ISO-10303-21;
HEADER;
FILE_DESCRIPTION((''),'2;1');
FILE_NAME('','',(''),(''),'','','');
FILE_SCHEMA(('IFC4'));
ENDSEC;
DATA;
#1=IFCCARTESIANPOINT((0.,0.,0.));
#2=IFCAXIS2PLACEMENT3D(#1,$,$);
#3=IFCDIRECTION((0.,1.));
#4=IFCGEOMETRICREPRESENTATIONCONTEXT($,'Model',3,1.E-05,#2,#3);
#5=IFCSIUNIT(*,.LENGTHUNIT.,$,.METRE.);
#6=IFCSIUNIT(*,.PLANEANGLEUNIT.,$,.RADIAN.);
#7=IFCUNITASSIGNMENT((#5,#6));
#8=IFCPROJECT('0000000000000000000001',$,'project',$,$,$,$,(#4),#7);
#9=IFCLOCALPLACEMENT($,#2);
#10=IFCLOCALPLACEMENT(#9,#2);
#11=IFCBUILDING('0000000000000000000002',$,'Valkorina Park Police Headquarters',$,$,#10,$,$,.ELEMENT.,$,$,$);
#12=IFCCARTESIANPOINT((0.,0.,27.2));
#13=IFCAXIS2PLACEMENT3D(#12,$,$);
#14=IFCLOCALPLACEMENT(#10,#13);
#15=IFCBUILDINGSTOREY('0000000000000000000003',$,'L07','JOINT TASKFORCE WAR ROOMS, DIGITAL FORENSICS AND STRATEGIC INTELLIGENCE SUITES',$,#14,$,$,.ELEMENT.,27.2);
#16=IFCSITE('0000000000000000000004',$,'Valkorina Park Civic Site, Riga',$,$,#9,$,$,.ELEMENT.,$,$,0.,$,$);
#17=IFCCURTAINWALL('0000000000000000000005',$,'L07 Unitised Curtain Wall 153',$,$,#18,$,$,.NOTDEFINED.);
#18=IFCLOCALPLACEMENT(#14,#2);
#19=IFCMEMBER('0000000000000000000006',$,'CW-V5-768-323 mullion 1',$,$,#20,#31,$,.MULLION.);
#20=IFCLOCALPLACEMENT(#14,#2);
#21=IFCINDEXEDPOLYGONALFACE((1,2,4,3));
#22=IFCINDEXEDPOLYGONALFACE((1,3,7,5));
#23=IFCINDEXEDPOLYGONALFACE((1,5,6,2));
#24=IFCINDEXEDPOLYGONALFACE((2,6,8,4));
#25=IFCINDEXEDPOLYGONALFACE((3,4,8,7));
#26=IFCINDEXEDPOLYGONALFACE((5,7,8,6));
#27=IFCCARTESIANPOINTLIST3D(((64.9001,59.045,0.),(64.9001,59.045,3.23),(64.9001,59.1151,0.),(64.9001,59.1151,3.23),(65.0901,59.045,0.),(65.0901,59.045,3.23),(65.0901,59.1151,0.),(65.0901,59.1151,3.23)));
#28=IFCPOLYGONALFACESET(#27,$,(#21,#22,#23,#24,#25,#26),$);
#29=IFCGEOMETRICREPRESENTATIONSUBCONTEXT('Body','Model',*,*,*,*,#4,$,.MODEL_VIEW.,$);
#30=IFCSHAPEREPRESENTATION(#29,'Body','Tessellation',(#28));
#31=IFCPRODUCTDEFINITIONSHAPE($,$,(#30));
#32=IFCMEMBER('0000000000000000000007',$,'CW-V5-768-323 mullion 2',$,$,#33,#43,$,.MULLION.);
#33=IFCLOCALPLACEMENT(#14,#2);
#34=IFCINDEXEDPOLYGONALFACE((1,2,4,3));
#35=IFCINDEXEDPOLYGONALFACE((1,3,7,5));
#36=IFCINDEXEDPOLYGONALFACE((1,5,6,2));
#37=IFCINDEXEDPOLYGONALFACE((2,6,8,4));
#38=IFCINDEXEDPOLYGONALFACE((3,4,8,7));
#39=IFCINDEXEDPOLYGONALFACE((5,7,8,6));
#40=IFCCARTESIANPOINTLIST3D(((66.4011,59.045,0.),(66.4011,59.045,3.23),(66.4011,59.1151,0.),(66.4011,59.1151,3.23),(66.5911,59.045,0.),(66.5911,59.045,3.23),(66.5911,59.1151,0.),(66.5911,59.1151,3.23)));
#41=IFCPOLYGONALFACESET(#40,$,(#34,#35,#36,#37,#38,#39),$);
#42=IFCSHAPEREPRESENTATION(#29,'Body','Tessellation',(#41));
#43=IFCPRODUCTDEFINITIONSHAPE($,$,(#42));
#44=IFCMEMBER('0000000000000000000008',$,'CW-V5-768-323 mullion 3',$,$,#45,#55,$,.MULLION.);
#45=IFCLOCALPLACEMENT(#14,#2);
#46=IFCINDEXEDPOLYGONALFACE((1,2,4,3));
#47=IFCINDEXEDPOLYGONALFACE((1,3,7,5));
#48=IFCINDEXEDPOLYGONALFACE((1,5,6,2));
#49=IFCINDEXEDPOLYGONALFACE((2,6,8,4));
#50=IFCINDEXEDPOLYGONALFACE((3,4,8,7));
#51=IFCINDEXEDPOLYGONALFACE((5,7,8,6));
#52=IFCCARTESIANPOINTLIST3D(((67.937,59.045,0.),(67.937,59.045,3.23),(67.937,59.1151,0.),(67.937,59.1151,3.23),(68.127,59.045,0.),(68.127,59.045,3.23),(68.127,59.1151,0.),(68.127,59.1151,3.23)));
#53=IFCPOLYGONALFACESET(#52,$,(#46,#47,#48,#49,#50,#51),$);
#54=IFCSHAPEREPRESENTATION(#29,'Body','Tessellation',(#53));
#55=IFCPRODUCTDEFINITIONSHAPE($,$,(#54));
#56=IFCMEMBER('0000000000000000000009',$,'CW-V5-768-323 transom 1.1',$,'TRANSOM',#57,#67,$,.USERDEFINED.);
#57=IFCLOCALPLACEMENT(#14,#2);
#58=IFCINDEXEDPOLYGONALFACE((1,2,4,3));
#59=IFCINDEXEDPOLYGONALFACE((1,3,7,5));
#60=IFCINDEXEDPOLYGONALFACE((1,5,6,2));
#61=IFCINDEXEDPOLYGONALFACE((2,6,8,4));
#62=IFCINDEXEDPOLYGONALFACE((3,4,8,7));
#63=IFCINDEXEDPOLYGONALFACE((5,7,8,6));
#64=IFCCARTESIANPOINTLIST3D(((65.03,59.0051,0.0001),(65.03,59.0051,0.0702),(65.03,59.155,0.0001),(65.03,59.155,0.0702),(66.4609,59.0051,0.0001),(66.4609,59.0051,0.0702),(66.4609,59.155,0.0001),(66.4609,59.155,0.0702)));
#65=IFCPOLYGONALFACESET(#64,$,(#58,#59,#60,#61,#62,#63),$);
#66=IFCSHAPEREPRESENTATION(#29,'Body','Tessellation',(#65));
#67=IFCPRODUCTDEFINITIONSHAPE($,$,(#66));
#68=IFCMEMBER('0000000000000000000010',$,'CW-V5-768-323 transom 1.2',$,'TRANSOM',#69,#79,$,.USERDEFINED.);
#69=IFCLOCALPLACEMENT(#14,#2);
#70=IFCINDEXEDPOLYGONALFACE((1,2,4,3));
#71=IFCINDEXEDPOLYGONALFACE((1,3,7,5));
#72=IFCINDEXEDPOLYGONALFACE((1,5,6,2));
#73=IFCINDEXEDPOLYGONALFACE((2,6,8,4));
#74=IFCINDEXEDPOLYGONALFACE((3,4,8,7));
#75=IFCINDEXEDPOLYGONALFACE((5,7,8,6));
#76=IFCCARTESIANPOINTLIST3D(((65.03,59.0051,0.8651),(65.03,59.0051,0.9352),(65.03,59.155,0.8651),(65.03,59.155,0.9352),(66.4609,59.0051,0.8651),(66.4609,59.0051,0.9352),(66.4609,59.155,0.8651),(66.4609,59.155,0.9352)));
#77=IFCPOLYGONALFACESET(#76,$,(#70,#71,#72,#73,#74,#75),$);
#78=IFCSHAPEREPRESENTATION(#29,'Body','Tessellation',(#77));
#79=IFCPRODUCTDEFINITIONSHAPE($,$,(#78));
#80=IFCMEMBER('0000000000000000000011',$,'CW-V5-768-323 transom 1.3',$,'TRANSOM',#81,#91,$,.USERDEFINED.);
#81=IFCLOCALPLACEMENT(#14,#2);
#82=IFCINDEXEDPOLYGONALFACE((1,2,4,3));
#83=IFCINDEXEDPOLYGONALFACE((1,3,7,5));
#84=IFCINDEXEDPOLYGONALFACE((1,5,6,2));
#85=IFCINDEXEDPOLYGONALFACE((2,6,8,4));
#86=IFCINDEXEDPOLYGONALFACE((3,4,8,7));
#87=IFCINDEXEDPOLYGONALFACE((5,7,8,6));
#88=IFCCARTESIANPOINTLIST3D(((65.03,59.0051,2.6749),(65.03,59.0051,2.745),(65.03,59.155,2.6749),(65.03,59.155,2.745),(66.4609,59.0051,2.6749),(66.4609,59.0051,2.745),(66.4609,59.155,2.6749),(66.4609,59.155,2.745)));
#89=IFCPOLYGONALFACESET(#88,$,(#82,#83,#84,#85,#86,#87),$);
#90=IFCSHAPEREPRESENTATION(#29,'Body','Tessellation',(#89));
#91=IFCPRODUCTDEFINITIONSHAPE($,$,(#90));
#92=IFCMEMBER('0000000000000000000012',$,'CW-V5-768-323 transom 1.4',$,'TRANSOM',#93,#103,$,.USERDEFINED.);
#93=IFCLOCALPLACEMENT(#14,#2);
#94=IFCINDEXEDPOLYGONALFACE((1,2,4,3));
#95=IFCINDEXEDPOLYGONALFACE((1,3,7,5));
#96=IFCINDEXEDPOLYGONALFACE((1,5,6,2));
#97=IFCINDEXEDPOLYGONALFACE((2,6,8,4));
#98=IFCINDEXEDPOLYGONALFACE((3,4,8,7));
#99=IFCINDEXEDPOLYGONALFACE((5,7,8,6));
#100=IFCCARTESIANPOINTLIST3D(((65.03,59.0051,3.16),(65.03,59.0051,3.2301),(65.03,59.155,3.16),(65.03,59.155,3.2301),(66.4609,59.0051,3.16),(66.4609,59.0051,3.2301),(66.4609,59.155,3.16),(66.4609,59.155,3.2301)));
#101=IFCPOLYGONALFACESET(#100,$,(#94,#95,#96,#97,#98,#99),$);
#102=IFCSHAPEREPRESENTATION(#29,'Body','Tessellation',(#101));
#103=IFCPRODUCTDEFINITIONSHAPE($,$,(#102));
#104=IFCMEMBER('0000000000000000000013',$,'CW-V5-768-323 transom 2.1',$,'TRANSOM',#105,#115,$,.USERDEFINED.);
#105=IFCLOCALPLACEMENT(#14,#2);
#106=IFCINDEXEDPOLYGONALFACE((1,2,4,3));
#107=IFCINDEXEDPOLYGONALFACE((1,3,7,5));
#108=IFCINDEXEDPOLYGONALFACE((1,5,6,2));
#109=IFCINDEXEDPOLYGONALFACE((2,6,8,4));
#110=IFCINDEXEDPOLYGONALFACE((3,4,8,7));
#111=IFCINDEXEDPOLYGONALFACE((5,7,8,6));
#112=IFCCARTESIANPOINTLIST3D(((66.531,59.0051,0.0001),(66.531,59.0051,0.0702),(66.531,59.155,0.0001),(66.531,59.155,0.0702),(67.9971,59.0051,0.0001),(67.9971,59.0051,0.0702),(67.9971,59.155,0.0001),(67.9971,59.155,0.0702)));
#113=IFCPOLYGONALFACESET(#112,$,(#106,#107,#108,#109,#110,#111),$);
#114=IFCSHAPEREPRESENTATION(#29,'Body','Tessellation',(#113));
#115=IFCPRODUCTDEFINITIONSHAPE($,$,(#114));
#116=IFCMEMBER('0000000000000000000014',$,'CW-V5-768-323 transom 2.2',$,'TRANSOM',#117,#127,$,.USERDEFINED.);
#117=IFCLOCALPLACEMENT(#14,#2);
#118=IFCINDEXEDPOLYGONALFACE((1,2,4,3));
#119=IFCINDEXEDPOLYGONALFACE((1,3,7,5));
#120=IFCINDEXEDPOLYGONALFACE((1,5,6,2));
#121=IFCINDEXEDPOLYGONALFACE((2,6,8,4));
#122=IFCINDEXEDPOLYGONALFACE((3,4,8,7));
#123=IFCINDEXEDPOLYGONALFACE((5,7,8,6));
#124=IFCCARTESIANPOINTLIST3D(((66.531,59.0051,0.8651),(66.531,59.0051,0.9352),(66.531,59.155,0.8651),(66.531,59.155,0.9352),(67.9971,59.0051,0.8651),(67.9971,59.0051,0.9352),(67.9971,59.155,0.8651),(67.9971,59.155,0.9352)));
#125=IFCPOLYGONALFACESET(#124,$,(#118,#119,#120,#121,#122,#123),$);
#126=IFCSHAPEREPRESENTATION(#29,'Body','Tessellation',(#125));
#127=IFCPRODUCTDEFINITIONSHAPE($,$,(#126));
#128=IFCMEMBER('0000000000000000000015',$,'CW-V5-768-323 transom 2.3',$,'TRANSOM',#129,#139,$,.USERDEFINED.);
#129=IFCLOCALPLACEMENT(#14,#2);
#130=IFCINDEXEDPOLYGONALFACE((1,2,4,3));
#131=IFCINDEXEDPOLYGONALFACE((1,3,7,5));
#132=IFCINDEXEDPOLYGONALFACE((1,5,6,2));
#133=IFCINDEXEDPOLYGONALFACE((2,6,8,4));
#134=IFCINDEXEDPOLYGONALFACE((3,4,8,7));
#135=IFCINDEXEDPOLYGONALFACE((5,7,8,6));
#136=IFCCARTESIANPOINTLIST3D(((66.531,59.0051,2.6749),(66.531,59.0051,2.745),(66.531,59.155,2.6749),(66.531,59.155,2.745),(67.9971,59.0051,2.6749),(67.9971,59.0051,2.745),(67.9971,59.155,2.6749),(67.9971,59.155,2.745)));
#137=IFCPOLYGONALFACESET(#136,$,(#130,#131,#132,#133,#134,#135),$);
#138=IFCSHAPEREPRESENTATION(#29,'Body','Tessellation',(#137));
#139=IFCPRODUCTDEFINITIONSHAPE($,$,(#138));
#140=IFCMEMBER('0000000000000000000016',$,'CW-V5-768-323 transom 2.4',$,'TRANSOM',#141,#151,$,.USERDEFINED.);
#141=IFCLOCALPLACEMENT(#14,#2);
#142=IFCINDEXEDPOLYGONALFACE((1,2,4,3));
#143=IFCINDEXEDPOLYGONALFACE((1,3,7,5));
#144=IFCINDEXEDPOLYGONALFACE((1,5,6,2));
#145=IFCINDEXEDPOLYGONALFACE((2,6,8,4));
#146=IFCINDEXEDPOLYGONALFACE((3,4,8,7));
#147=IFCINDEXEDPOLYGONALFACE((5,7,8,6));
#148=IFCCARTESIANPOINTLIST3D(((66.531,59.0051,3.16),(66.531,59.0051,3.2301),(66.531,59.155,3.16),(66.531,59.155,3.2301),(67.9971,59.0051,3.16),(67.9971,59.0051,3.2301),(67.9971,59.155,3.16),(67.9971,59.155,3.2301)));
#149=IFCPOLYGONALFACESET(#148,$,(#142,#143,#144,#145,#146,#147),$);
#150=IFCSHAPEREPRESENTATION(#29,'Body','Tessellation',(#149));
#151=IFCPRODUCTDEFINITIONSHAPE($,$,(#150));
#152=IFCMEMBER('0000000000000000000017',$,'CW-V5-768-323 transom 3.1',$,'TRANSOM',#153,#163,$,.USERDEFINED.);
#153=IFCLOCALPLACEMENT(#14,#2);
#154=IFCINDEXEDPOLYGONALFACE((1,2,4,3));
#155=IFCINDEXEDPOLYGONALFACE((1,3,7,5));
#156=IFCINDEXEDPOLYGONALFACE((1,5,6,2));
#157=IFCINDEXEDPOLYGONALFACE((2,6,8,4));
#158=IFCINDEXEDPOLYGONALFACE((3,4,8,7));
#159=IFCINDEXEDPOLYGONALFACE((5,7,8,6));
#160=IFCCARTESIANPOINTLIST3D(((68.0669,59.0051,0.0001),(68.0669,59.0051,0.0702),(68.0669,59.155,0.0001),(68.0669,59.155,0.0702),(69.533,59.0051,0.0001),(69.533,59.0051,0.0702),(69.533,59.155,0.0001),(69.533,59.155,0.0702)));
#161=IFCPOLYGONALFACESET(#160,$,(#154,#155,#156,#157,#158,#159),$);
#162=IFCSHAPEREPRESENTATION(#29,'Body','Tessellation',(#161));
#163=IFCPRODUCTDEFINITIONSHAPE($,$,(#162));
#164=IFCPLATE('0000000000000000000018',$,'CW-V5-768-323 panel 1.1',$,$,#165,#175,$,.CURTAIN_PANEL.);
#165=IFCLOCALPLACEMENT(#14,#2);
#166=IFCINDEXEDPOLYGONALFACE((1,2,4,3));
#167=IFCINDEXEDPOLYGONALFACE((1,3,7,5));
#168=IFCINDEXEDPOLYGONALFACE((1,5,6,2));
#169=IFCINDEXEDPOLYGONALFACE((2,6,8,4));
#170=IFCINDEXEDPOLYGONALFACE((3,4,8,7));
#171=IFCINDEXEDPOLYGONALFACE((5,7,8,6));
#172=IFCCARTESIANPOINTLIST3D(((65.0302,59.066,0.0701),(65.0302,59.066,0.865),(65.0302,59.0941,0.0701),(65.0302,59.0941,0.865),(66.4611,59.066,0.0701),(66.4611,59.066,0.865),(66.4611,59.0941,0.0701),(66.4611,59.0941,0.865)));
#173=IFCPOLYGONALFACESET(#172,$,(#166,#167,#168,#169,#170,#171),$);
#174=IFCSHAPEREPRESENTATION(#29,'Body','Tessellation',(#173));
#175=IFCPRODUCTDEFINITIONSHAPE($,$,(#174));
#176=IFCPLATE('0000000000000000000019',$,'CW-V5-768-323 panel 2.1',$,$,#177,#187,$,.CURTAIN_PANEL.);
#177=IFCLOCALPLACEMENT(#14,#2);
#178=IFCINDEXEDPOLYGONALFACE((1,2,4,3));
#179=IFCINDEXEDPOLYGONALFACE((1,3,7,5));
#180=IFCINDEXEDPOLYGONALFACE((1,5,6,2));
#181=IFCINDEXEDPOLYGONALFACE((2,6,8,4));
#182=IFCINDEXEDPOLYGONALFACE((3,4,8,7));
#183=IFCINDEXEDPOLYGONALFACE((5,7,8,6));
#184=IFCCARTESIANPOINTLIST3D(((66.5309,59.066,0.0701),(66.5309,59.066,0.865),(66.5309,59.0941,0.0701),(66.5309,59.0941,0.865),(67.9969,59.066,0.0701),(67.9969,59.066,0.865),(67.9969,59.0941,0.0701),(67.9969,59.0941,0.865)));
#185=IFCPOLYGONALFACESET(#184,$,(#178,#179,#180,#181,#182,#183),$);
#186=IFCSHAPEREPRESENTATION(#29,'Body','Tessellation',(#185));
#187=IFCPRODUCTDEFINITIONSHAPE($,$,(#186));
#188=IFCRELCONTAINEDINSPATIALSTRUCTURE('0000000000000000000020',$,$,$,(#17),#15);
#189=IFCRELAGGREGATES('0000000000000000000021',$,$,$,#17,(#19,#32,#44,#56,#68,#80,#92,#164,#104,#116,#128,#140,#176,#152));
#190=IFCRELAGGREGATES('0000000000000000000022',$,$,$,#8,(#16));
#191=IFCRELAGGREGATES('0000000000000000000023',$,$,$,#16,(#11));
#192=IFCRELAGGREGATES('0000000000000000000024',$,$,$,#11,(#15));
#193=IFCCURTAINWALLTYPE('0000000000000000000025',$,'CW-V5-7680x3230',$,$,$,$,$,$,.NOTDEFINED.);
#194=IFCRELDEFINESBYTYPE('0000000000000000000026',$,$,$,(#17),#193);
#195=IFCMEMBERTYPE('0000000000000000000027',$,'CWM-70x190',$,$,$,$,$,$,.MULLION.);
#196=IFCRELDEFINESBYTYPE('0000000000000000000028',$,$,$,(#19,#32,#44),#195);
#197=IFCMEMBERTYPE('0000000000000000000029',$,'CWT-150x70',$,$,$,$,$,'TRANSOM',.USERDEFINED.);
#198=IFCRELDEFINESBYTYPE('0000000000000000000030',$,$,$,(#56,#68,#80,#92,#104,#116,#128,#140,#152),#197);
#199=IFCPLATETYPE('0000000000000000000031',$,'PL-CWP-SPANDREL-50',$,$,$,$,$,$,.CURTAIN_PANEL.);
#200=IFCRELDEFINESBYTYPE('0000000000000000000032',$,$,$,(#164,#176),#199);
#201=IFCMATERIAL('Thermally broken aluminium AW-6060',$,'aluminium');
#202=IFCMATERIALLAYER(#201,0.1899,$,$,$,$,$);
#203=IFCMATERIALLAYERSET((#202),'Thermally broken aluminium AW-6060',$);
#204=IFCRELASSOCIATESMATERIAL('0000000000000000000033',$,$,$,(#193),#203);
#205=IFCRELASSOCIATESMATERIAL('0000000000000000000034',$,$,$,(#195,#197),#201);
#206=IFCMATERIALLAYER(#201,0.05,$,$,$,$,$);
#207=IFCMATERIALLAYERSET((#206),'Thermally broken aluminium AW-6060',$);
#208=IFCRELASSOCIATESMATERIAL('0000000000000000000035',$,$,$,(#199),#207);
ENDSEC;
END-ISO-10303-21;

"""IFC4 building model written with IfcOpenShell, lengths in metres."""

from ifc_helpers import new_model, si_unit, direction, frame, origin, origin_2d, place, context, subcontext, project, spatial, rectangle, extrude, material, layer, layer_set, material_profile, profile_set, type_object, element, aggregate, save


model = new_model("IFC4")

# Units and contexts
model_context = context("Model", 3, precision=1e-05, world=origin(), true_north=direction((0.0, 1.0)))
body_context = subcontext(model_context, "Body", "Model", "MODEL_VIEW")
ifc_project = project(units=[si_unit("LENGTHUNIT", "METRE"), si_unit("PLANEANGLEUNIT", "RADIAN")], contexts=[model_context])

# Site, building, storey
site_placement = place(None, origin())
site = spatial("IfcSite", under=ifc_project, at=site_placement, Name="Valkorina Park Civic Site, Riga", CompositionType="ELEMENT", RefElevation=0.0)
building_placement = place(site_placement, origin())
building = spatial("IfcBuilding", under=site, at=building_placement, Name="Valkorina Park Police Headquarters", CompositionType="ELEMENT")
storey_placement = place(building_placement, frame((0.0, 0.0, 27.2)))
storey = spatial("IfcBuildingStorey", under=building, at=storey_placement, Name="L07", Description="JOINT TASKFORCE WAR ROOMS, DIGITAL FORENSICS AND STRATEGIC INTELLIGENCE SUITES", CompositionType="ELEMENT", Elevation=27.2)

# Curtain wall, members, plates
ifc_material_1 = material(Name="Thermally broken aluminium AW-6060", Category="aluminium")
ifc_layer_1 = layer(ifc_material_1, 0.1899)
ifc_layer_set_1 = layer_set([ifc_layer_1], Name="Thermally broken aluminium AW-6060")
curtain_wall_type = type_object("IfcCurtainWallType", Name="CW-V5-7680x3230", PredefinedType="NOTDEFINED", material=ifc_layer_set_1)
curtain_wall_placement = place(storey_placement, origin())
curtain_wall = element("IfcCurtainWall", 1, at=curtain_wall_placement, inside=storey, type_object=curtain_wall_type, Name="L07 Unitised Curtain Wall 153", PredefinedType="NOTDEFINED")
ifc_material_profile_1 = material_profile(ifc_material_1, rectangle(XDim=0.0701, YDim=0.1899, at=origin_2d()), Name="CWM-02 70x190")
ifc_profile_set_1 = profile_set([ifc_material_profile_1], Name="Thermally broken aluminium AW-6060")
member_type_1 = type_object("IfcMemberType", Name="CWM-70x190", PredefinedType="MULLION", material=ifc_profile_set_1)
member_1_placement = place(storey_placement, frame((64.9951, 59.0801, 0.0), z_axis=(0.0, 0.0, 1.0), x_axis=(0.0, 1.0, 0.0)))
member_1 = element("IfcMember", 2, at=member_1_placement, type_object=member_type_1, Name="CW-V5-768-323 mullion 1", PredefinedType="MULLION", context=body_context, shape_type="SweptSolid", body=[
    extrude(rectangle(XDim=0.0701, YDim=0.1899, at=origin_2d()), origin(), (0.0, 0.0, 1.0), 3.23),
])
member_2_placement = place(storey_placement, frame((66.4961, 59.0801, 0.0), z_axis=(0.0, 0.0, 1.0), x_axis=(0.0, 1.0, 0.0)))
member_2 = element("IfcMember", 3, at=member_2_placement, type_object=member_type_1, Name="CW-V5-768-323 mullion 2", PredefinedType="MULLION", context=body_context, shape_type="SweptSolid", body=[
    extrude(rectangle(XDim=0.0701, YDim=0.1899, at=origin_2d()), origin(), (0.0, 0.0, 1.0), 3.23),
])
member_3_placement = place(storey_placement, frame((68.032, 59.0801, 0.0), z_axis=(0.0, 0.0, 1.0), x_axis=(0.0, 1.0, 0.0)))
member_3 = element("IfcMember", 4, at=member_3_placement, type_object=member_type_1, Name="CW-V5-768-323 mullion 3", PredefinedType="MULLION", context=body_context, shape_type="SweptSolid", body=[
    extrude(rectangle(XDim=0.0701, YDim=0.1899, at=origin_2d()), origin(), (0.0, 0.0, 1.0), 3.23),
])
ifc_material_profile_2 = material_profile(ifc_material_1, rectangle(XDim=0.1499, YDim=0.0701, at=origin_2d()), Name="CWT-02 150x70")
ifc_profile_set_2 = profile_set([ifc_material_profile_2], Name="Thermally broken aluminium AW-6060")
member_type_2 = type_object("IfcMemberType", Name="CWT-150x70", ElementType="TRANSOM", PredefinedType="USERDEFINED", material=ifc_profile_set_2)
member_4_placement = place(storey_placement, frame((65.03, 59.0801, 0.0352), z_axis=(1.0, 0.0, 0.0), x_axis=(0.0, 1.0, 0.0)))
member_4 = element("IfcMember", 5, at=member_4_placement, type_object=member_type_2, Name="CW-V5-768-323 transom 1.1", ObjectType="TRANSOM", PredefinedType="USERDEFINED", context=body_context, shape_type="SweptSolid", body=[
    extrude(rectangle(XDim=0.1499, YDim=0.0701, at=origin_2d()), origin(), (0.0, 0.0, 1.0), 1.4309),
])
member_5_placement = place(storey_placement, frame((65.03, 59.0801, 0.9001), z_axis=(1.0, 0.0, 0.0), x_axis=(0.0, 1.0, 0.0)))
member_5 = element("IfcMember", 6, at=member_5_placement, type_object=member_type_2, Name="CW-V5-768-323 transom 1.2", ObjectType="TRANSOM", PredefinedType="USERDEFINED", context=body_context, shape_type="SweptSolid", body=[
    extrude(rectangle(XDim=0.1499, YDim=0.0701, at=origin_2d()), origin(), (0.0, 0.0, 1.0), 1.4309),
])
member_6_placement = place(storey_placement, frame((65.03, 59.0801, 2.71), z_axis=(1.0, 0.0, 0.0), x_axis=(0.0, 1.0, 0.0)))
member_6 = element("IfcMember", 7, at=member_6_placement, type_object=member_type_2, Name="CW-V5-768-323 transom 1.3", ObjectType="TRANSOM", PredefinedType="USERDEFINED", context=body_context, shape_type="SweptSolid", body=[
    extrude(rectangle(XDim=0.1499, YDim=0.0701, at=origin_2d()), origin(), (0.0, 0.0, 1.0), 1.4309),
])
member_7_placement = place(storey_placement, frame((65.03, 59.0801, 3.1951), z_axis=(1.0, 0.0, 0.0), x_axis=(0.0, 1.0, 0.0)))
member_7 = element("IfcMember", 8, at=member_7_placement, type_object=member_type_2, Name="CW-V5-768-323 transom 1.4", ObjectType="TRANSOM", PredefinedType="USERDEFINED", context=body_context, shape_type="SweptSolid", body=[
    extrude(rectangle(XDim=0.1499, YDim=0.0701, at=origin_2d()), origin(), (0.0, 0.0, 1.0), 1.4309),
])
member_8_placement = place(storey_placement, frame((66.531, 59.0801, 0.0352), z_axis=(1.0, 0.0, 0.0), x_axis=(0.0, 1.0, 0.0)))
member_8 = element("IfcMember", 9, at=member_8_placement, type_object=member_type_2, Name="CW-V5-768-323 transom 2.1", ObjectType="TRANSOM", PredefinedType="USERDEFINED", context=body_context, shape_type="SweptSolid", body=[
    extrude(rectangle(XDim=0.1499, YDim=0.0701, at=origin_2d()), origin(), (0.0, 0.0, 1.0), 1.4661),
])
member_9_placement = place(storey_placement, frame((66.531, 59.0801, 0.9001), z_axis=(1.0, 0.0, 0.0), x_axis=(0.0, 1.0, 0.0)))
member_9 = element("IfcMember", 10, at=member_9_placement, type_object=member_type_2, Name="CW-V5-768-323 transom 2.2", ObjectType="TRANSOM", PredefinedType="USERDEFINED", context=body_context, shape_type="SweptSolid", body=[
    extrude(rectangle(XDim=0.1499, YDim=0.0701, at=origin_2d()), origin(), (0.0, 0.0, 1.0), 1.4661),
])
member_10_placement = place(storey_placement, frame((66.531, 59.0801, 2.71), z_axis=(1.0, 0.0, 0.0), x_axis=(0.0, 1.0, 0.0)))
member_10 = element("IfcMember", 11, at=member_10_placement, type_object=member_type_2, Name="CW-V5-768-323 transom 2.3", ObjectType="TRANSOM", PredefinedType="USERDEFINED", context=body_context, shape_type="SweptSolid", body=[
    extrude(rectangle(XDim=0.1499, YDim=0.0701, at=origin_2d()), origin(), (0.0, 0.0, 1.0), 1.4661),
])
member_11_placement = place(storey_placement, frame((66.531, 59.0801, 3.1951), z_axis=(1.0, 0.0, 0.0), x_axis=(0.0, 1.0, 0.0)))
member_11 = element("IfcMember", 12, at=member_11_placement, type_object=member_type_2, Name="CW-V5-768-323 transom 2.4", ObjectType="TRANSOM", PredefinedType="USERDEFINED", context=body_context, shape_type="SweptSolid", body=[
    extrude(rectangle(XDim=0.1499, YDim=0.0701, at=origin_2d()), origin(), (0.0, 0.0, 1.0), 1.4661),
])
member_12_placement = place(storey_placement, frame((68.0669, 59.0801, 0.0352), z_axis=(1.0, 0.0, 0.0), x_axis=(0.0, 1.0, 0.0)))
member_12 = element("IfcMember", 13, at=member_12_placement, type_object=member_type_2, Name="CW-V5-768-323 transom 3.1", ObjectType="TRANSOM", PredefinedType="USERDEFINED", context=body_context, shape_type="SweptSolid", body=[
    extrude(rectangle(XDim=0.1499, YDim=0.0701, at=origin_2d()), origin(), (0.0, 0.0, 1.0), 1.4661),
])
ifc_layer_2 = layer(ifc_material_1, 0.05)
ifc_layer_set_2 = layer_set([ifc_layer_2], Name="Thermally broken aluminium AW-6060")
plate_type_1 = type_object("IfcPlateType", Name="PL-CWP-SPANDREL-50", PredefinedType="CURTAIN_PANEL", material=ifc_layer_set_2)
plate_1_placement = place(storey_placement, frame((65.7456, 59.0801, 0.0701), z_axis=(0.0, 0.0, 1.0), x_axis=(1.0, 0.0, 0.0)))
plate_1 = element("IfcPlate", 14, at=plate_1_placement, type_object=plate_type_1, Name="CW-V5-768-323 panel 1.1", PredefinedType="CURTAIN_PANEL", context=body_context, shape_type="SweptSolid", body=[
    extrude(rectangle(XDim=1.4309, YDim=0.0281, at=origin_2d()), origin(), (0.0, 0.0, 1.0), 0.7949),
])
plate_2_placement = place(storey_placement, frame((67.2639, 59.0801, 0.0701), z_axis=(0.0, 0.0, 1.0), x_axis=(1.0, 0.0, 0.0)))
plate_2 = element("IfcPlate", 15, at=plate_2_placement, type_object=plate_type_1, Name="CW-V5-768-323 panel 2.1", PredefinedType="CURTAIN_PANEL", context=body_context, shape_type="SweptSolid", body=[
    extrude(rectangle(XDim=1.4661, YDim=0.0281, at=origin_2d()), origin(), (0.0, 0.0, 1.0), 0.7949),
])
aggregate(curtain_wall, [member_1, member_2, member_3, member_4, member_5, member_6, member_7, plate_1, member_8, member_9, member_10, member_11, plate_2, member_12])

save(model, "model.ifc")
